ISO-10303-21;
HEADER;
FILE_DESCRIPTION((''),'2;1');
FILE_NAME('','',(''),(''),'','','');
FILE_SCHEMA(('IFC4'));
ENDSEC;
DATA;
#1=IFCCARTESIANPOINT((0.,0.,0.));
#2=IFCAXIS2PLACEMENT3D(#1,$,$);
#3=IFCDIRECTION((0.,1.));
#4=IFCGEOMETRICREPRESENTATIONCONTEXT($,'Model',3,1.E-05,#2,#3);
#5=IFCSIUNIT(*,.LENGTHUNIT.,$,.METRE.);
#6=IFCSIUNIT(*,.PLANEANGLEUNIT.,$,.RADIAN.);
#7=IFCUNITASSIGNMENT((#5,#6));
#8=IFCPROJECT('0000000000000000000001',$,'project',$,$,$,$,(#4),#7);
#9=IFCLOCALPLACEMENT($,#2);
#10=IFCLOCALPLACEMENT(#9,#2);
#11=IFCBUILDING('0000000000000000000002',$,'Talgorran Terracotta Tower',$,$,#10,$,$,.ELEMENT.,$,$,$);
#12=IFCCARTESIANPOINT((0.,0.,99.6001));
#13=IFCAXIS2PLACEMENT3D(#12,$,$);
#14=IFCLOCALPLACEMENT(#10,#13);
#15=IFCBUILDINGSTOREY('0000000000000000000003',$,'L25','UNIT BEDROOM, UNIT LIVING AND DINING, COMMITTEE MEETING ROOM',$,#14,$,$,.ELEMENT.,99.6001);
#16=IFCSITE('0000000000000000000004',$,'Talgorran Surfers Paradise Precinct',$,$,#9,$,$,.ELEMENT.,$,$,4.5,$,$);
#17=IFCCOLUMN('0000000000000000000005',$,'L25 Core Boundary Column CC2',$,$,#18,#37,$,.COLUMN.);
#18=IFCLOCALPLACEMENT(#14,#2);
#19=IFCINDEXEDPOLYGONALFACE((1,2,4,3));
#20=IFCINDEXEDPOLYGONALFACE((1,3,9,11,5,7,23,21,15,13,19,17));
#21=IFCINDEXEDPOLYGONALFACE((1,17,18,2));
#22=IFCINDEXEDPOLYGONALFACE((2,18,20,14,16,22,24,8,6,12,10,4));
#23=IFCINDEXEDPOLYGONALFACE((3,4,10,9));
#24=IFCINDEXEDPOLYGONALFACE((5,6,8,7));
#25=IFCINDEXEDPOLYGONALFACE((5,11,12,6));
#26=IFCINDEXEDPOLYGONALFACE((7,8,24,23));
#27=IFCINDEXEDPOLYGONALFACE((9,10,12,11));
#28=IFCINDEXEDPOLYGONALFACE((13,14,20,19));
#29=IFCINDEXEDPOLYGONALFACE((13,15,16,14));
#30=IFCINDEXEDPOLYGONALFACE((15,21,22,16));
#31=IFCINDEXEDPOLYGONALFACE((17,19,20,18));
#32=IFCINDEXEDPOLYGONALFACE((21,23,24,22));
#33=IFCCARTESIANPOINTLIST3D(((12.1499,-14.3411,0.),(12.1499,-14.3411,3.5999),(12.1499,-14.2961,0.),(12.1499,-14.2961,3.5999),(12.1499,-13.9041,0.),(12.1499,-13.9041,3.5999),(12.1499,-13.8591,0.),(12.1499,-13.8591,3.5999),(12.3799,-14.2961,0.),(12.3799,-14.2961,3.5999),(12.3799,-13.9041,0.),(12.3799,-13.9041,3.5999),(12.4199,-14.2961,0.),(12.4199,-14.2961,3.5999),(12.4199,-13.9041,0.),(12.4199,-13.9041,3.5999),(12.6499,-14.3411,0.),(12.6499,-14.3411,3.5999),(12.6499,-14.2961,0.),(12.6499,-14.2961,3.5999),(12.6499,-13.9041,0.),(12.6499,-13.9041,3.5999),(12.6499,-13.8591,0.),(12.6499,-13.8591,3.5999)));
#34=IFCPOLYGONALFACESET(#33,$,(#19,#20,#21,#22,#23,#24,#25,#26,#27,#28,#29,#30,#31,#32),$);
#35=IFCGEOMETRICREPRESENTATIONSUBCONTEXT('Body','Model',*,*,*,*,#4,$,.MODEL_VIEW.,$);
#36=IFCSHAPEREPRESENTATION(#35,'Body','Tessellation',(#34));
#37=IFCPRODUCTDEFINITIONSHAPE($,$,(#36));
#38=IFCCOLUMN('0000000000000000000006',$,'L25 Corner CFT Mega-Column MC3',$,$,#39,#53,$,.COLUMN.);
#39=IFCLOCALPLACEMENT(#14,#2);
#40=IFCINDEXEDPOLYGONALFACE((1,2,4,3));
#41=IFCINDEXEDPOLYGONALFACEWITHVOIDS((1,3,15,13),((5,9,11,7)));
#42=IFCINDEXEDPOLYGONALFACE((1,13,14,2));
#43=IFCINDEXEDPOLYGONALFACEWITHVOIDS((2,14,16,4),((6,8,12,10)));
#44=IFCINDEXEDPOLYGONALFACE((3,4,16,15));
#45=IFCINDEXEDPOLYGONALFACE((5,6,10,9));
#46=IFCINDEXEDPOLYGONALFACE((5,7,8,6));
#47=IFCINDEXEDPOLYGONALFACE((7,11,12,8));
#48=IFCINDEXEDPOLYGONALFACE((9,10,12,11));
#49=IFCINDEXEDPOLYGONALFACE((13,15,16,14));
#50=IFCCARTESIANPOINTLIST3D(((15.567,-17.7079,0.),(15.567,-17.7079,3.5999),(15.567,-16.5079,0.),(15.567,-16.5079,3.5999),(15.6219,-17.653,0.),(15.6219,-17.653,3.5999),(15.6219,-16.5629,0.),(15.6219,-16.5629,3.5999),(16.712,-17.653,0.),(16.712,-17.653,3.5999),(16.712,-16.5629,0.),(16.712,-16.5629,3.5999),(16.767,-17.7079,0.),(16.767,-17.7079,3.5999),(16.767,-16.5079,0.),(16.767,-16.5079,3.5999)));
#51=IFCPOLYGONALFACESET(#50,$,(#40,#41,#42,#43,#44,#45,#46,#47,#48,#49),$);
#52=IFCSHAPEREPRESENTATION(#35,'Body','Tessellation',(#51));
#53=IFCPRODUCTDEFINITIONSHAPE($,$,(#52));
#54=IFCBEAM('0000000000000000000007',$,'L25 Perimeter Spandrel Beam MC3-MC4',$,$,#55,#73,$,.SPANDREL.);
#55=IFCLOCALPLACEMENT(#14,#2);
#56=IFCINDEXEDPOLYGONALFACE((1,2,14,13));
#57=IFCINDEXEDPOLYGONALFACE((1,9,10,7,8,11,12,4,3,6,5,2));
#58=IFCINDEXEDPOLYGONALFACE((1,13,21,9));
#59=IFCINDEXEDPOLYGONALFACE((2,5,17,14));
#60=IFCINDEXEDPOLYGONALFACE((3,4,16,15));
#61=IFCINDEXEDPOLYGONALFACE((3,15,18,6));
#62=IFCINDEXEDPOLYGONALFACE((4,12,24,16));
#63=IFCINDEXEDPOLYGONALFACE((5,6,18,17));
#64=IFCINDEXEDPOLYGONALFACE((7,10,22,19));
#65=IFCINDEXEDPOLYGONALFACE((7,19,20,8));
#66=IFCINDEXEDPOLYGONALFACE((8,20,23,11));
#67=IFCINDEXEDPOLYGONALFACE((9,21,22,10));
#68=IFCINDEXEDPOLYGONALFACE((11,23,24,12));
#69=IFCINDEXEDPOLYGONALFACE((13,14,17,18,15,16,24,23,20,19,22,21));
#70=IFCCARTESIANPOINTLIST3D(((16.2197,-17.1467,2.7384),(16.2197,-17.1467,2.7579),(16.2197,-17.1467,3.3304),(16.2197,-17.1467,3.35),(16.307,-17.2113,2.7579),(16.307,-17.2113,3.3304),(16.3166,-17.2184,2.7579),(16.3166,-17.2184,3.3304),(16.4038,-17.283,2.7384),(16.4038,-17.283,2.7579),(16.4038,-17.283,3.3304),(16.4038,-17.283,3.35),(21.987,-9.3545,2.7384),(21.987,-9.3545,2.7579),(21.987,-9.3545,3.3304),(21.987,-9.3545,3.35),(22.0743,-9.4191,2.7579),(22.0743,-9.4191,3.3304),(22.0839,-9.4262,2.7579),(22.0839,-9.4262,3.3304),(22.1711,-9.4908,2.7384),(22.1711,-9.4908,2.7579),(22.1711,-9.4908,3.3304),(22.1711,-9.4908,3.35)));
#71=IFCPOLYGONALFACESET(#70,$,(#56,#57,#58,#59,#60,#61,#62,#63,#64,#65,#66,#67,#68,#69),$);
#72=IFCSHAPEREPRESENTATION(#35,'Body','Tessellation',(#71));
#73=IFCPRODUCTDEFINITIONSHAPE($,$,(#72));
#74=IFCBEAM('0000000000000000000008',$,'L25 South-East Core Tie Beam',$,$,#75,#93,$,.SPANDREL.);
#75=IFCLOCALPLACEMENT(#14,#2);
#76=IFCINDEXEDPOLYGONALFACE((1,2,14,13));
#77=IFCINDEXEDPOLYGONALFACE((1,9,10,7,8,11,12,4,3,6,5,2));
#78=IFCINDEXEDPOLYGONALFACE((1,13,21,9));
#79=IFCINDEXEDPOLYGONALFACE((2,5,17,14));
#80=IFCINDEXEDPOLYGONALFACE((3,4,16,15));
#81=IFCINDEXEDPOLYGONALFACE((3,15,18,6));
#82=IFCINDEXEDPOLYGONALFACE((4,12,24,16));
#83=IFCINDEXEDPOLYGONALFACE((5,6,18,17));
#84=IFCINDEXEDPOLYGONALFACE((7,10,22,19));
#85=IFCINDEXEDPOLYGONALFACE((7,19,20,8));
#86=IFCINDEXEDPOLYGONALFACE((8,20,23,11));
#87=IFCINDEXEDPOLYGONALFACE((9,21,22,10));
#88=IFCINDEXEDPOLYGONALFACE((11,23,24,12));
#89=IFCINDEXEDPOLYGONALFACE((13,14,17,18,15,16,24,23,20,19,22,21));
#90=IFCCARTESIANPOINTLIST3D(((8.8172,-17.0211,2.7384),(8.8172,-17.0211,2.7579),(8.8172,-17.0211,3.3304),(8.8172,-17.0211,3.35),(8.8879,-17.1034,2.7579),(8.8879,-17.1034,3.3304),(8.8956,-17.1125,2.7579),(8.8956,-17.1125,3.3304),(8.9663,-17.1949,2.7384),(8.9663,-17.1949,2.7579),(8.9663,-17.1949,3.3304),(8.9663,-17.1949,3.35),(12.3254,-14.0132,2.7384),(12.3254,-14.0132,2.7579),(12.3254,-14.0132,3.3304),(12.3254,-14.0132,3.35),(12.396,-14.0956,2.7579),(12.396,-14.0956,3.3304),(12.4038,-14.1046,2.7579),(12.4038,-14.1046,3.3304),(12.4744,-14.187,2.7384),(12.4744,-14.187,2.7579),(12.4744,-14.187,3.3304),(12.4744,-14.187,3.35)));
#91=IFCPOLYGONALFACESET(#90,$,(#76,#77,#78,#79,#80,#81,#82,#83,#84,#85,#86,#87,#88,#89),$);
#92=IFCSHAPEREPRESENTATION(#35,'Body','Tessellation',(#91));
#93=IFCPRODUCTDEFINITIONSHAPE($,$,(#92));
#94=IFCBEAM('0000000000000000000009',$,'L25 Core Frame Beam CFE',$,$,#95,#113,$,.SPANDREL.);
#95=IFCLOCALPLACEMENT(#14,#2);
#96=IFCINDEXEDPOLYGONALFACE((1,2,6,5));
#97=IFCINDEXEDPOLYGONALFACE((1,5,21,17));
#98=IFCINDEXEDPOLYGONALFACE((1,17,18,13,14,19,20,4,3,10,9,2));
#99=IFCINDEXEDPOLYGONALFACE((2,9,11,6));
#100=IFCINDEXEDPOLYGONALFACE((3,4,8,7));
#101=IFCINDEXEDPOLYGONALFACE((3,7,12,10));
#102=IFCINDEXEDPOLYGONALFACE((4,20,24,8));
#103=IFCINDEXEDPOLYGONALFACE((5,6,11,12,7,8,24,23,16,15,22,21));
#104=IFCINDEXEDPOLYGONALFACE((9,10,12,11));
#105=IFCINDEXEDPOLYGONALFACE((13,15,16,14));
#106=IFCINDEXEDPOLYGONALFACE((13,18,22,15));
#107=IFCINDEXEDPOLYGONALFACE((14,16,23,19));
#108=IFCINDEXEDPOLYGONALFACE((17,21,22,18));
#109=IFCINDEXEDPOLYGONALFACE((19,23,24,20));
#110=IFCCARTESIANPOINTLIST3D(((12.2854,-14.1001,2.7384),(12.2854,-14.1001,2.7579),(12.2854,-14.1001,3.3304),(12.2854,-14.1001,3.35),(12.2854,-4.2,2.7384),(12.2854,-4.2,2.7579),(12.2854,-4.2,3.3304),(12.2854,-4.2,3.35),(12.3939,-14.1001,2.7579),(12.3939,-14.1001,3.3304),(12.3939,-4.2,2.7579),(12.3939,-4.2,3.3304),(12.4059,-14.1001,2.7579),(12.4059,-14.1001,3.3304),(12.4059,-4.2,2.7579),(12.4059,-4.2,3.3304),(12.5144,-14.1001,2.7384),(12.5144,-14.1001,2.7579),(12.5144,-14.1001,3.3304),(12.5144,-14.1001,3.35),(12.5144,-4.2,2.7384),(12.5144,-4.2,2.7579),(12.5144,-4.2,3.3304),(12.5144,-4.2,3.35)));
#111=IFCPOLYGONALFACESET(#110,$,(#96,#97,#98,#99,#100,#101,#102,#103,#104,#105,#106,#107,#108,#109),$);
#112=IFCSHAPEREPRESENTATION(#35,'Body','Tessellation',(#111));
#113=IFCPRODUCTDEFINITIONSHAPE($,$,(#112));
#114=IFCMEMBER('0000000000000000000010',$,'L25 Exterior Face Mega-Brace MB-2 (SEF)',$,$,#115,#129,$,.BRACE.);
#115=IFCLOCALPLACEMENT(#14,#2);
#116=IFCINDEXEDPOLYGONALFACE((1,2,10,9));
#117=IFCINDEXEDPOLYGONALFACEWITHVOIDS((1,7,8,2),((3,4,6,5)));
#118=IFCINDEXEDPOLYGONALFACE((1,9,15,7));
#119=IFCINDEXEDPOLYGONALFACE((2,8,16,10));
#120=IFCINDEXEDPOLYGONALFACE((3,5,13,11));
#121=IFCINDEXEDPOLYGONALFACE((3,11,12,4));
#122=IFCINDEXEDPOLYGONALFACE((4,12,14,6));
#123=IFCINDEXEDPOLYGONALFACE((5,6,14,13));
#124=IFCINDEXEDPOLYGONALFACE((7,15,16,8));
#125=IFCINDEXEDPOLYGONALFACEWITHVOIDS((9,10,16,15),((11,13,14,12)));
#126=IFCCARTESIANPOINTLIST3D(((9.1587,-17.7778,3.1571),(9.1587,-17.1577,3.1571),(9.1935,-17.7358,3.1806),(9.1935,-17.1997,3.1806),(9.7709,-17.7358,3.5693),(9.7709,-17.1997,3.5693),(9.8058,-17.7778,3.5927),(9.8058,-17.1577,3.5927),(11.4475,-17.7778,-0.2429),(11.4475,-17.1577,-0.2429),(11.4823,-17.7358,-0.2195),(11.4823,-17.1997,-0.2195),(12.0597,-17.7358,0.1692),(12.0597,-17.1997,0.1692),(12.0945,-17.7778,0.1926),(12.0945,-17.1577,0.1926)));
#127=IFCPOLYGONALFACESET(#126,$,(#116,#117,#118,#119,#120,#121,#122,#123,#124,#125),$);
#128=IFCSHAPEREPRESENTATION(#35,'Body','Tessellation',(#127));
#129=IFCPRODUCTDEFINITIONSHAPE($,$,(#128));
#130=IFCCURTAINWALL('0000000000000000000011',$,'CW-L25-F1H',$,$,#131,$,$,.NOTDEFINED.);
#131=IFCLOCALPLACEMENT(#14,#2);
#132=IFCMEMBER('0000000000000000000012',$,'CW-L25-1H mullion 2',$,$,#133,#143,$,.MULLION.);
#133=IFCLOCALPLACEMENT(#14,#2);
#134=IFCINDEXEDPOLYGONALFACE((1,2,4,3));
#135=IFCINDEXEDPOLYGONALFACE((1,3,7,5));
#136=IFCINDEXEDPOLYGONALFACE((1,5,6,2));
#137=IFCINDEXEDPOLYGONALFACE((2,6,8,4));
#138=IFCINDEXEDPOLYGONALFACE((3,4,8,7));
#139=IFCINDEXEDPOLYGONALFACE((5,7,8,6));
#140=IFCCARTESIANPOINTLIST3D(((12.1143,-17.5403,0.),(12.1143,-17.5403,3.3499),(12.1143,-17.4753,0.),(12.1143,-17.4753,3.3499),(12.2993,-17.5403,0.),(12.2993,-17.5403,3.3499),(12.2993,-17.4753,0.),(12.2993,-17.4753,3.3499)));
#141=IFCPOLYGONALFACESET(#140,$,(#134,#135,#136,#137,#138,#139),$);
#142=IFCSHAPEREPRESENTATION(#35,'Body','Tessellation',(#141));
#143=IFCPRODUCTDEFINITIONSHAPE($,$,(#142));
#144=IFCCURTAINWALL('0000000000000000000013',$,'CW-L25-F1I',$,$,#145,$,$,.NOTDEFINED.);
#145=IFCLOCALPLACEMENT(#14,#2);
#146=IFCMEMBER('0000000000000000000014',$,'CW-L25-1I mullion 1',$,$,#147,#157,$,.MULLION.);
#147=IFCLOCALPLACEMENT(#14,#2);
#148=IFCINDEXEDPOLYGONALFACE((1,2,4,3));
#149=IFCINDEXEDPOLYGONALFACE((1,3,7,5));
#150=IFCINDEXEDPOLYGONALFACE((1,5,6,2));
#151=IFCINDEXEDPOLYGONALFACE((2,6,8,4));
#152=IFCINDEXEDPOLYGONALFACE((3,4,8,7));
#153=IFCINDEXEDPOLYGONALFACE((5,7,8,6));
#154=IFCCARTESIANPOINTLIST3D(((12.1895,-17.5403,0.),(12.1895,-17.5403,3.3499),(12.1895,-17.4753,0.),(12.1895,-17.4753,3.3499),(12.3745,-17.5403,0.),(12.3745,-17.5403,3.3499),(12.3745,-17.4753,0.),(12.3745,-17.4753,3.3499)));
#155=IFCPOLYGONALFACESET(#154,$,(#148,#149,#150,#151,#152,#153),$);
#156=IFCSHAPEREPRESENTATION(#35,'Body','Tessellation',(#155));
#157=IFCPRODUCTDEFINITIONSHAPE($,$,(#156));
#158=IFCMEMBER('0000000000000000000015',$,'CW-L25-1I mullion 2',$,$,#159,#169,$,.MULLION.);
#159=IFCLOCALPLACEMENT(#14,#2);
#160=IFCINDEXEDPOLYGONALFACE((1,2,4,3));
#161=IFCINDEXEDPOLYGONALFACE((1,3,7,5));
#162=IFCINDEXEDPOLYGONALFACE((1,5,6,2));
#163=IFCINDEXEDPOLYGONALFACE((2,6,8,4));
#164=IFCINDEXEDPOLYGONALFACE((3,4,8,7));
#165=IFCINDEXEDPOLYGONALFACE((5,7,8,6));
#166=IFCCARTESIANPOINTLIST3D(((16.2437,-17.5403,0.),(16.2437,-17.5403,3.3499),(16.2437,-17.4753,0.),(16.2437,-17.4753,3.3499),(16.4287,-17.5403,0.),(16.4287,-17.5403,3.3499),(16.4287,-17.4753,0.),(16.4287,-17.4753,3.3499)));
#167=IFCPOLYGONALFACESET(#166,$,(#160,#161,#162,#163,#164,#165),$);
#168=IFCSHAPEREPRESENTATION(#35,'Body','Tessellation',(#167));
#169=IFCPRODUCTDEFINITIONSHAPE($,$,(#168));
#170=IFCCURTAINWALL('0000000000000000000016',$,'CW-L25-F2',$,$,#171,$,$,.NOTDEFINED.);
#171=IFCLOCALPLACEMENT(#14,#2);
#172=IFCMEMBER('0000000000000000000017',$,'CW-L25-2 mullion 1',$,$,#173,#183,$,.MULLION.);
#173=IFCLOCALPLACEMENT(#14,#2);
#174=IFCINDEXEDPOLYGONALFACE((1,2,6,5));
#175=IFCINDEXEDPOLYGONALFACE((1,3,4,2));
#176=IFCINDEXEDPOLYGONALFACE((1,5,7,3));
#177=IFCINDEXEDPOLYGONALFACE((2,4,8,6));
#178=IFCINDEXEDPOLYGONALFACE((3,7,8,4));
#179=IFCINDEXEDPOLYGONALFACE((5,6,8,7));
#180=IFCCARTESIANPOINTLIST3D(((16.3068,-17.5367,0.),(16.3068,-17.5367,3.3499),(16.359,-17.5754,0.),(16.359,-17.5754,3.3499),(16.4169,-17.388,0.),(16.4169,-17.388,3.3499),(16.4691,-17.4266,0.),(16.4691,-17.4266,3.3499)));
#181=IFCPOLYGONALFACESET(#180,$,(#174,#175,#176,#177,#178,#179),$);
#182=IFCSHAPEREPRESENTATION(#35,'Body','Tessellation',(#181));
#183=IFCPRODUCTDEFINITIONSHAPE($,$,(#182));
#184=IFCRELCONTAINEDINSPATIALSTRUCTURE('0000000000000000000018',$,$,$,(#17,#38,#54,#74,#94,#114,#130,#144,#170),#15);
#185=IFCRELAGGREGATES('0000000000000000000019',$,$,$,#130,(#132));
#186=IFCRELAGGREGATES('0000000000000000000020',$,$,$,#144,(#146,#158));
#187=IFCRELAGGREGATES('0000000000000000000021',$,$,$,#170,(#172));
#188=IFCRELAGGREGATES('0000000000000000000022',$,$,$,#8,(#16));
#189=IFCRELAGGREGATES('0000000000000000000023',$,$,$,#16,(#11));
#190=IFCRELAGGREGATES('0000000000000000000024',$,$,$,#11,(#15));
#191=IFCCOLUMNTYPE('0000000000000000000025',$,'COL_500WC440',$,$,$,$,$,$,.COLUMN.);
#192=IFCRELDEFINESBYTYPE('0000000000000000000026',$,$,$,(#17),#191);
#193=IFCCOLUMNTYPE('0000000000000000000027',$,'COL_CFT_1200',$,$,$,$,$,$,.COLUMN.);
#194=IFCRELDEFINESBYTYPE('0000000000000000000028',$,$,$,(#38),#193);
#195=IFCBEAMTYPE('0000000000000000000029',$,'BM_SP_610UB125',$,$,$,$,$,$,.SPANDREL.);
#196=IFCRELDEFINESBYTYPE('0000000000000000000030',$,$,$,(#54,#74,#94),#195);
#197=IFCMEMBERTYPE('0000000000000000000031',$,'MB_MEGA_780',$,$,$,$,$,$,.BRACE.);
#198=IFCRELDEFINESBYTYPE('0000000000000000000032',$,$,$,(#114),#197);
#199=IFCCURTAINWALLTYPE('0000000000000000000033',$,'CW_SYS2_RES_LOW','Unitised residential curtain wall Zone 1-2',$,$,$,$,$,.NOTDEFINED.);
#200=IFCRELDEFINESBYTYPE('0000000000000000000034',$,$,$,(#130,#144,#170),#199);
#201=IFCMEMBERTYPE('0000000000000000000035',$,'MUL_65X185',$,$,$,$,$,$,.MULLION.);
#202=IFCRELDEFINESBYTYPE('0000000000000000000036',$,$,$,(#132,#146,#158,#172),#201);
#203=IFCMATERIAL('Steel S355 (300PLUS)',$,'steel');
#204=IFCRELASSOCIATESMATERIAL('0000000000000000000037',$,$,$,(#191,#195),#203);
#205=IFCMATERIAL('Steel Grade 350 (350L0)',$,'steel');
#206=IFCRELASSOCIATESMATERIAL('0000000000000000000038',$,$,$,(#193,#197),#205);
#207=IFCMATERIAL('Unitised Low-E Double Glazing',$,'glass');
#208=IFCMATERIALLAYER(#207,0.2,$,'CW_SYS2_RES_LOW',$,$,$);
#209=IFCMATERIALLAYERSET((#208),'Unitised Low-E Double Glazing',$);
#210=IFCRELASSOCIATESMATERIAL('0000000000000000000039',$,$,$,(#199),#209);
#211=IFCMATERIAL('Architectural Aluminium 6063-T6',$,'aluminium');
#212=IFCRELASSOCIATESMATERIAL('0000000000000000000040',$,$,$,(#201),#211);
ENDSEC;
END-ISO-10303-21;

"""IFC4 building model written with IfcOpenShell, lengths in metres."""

from ifc_helpers import new_model, si_unit, direction, frame, origin, origin_2d, place, context, subcontext, project, spatial, rectangle, hollow_rectangle, i_section, extrude, material, layer, layer_set, material_profile, profile_set, type_object, element, aggregate, save


model = new_model("IFC4")

# Units and contexts
model_context = context("Model", 3, precision=1e-05, world=origin(), true_north=direction((0.0, 1.0)))
body_context = subcontext(model_context, "Body", "Model", "MODEL_VIEW")
ifc_project = project(units=[si_unit("LENGTHUNIT", "METRE"), si_unit("PLANEANGLEUNIT", "RADIAN")], contexts=[model_context])

# Site, building, storey
site_placement = place(None, origin())
site = spatial("IfcSite", under=ifc_project, at=site_placement, Name="Talgorran Surfers Paradise Precinct", CompositionType="ELEMENT", RefElevation=4.5)
building_placement = place(site_placement, origin())
building = spatial("IfcBuilding", under=site, at=building_placement, Name="Talgorran Terracotta Tower", CompositionType="ELEMENT")
storey_placement = place(building_placement, frame((0.0, 0.0, 99.6001)))
storey = spatial("IfcBuildingStorey", under=building, at=storey_placement, Name="L25", Description="UNIT BEDROOM, UNIT LIVING AND DINING, COMMITTEE MEETING ROOM", CompositionType="ELEMENT", Elevation=99.6001)

# Columns
ifc_material_1 = material(Name="Steel S355 (300PLUS)", Category="steel")
ifc_material_profile_1 = material_profile(ifc_material_1, i_section(OverallWidth=0.5, OverallDepth=0.4819, WebThickness=0.04, FlangeThickness=0.0449, at=origin_2d()), Name="500WC440")
ifc_profile_set_1 = profile_set([ifc_material_profile_1], Name="Steel S355 (300PLUS)")
column_type_1 = type_object("IfcColumnType", Name="COL_500WC440", PredefinedType="COLUMN", material=ifc_profile_set_1)
column_1_placement = place(storey_placement, frame((12.3999, -14.1001, 0.0), z_axis=(0.0, 0.0, 1.0), x_axis=(1.0, 0.0, 0.0)))
element("IfcColumn", 1, at=column_1_placement, inside=storey, type_object=column_type_1, Name="L25 Core Boundary Column CC2", PredefinedType="COLUMN", context=body_context, shape_type="SweptSolid", body=[
    extrude(i_section(OverallWidth=0.5, OverallDepth=0.4819, WebThickness=0.04, FlangeThickness=0.0449, at=origin_2d()), origin(), (0.0, 0.0, 1.0), 3.5999),
])
ifc_material_2 = material(Name="Steel Grade 350 (350L0)", Category="steel")
ifc_material_profile_2 = material_profile(ifc_material_2, hollow_rectangle(XDim=1.2, YDim=1.2, WallThickness=0.0549, at=origin_2d()), Name="CFT1200X1200X55")
ifc_profile_set_2 = profile_set([ifc_material_profile_2], Name="Steel Grade 350 (350L0)")
column_type_2 = type_object("IfcColumnType", Name="COL_CFT_1200", PredefinedType="COLUMN", material=ifc_profile_set_2)
column_2_placement = place(storey_placement, frame((16.167, -17.1079, 0.0), z_axis=(0.0, 0.0, 1.0), x_axis=(1.0, 0.0, 0.0)))
element("IfcColumn", 2, at=column_2_placement, inside=storey, type_object=column_type_2, Name="L25 Corner CFT Mega-Column MC3", PredefinedType="COLUMN", context=body_context, shape_type="SweptSolid", body=[
    extrude(hollow_rectangle(XDim=1.2, YDim=1.2, WallThickness=0.0549, at=origin_2d()), origin(), (0.0, 0.0, 1.0), 3.5999),
])

# Beams
ifc_material_profile_3 = material_profile(ifc_material_1, i_section(OverallWidth=0.229, OverallDepth=0.6116, WebThickness=0.012, FlangeThickness=0.0195, at=origin_2d()), Name="610UB125")
ifc_profile_set_3 = profile_set([ifc_material_profile_3], Name="Steel S355 (300PLUS)")
beam_type = type_object("IfcBeamType", Name="BM_SP_610UB125", PredefinedType="SPANDREL", material=ifc_profile_set_3)
beam_1_placement = place(storey_placement, frame((16.3118, -17.2148, 3.0442), z_axis=(0.594915, 0.803789, 0.0), x_axis=(-0.803789, 0.594915, 0.0)))
element("IfcBeam", 3, at=beam_1_placement, inside=storey, type_object=beam_type, Name="L25 Perimeter Spandrel Beam MC3-MC4", PredefinedType="SPANDREL", context=body_context, shape_type="SweptSolid", body=[
    extrude(i_section(OverallWidth=0.229, OverallDepth=0.6116, WebThickness=0.012, FlangeThickness=0.0195, at=origin_2d()), origin(), (0.0, 0.0, 1.0), 9.6943),
])
beam_2_placement = place(storey_placement, frame((12.3999, -14.1001, 3.0442), z_axis=(-0.75916, -0.650904, 0.0), x_axis=(0.650904, -0.75916, 0.0)))
element("IfcBeam", 4, at=beam_2_placement, inside=storey, type_object=beam_type, Name="L25 South-East Core Tie Beam", PredefinedType="SPANDREL", context=body_context, shape_type="SweptSolid", body=[
    extrude(i_section(OverallWidth=0.229, OverallDepth=0.6116, WebThickness=0.012, FlangeThickness=0.0195, at=origin_2d()), origin(), (0.0, 0.0, 1.0), 4.6211),
])
beam_3_placement = place(storey_placement, frame((12.3999, -14.1001, 3.0442), z_axis=(0.0, 1.0, 0.0), x_axis=(-1.0, 0.0, 0.0)))
element("IfcBeam", 5, at=beam_3_placement, inside=storey, type_object=beam_type, Name="L25 Core Frame Beam CFE", PredefinedType="SPANDREL", context=body_context, shape_type="SweptSolid", body=[
    extrude(i_section(OverallWidth=0.229, OverallDepth=0.6116, WebThickness=0.012, FlangeThickness=0.0195, at=origin_2d()), origin(), (0.0, 0.0, 1.0), 9.9001),
])

# Member
ifc_material_profile_4 = material_profile(ifc_material_2, hollow_rectangle(XDim=0.6201, YDim=0.78, WallThickness=0.042, at=origin_2d()), Name="WBOX780X620X42")
ifc_profile_set_4 = profile_set([ifc_material_profile_4], Name="Steel Grade 350 (350L0)")
member_type_1 = type_object("IfcMemberType", Name="MB_MEGA_780", PredefinedType="BRACE", material=ifc_profile_set_4)
member_1_placement = place(storey_placement, frame((11.771, -17.4678, -0.0251), z_axis=(-0.55842, 0.0, 0.829559), x_axis=(0.0, -1.0, 0.0)))
element("IfcMember", 6, at=member_1_placement, inside=storey, type_object=member_type_1, Name="L25 Exterior Face Mega-Brace MB-2 (SEF)", PredefinedType="BRACE", context=body_context, shape_type="SweptSolid", body=[
    extrude(hollow_rectangle(XDim=0.6201, YDim=0.78, WallThickness=0.042, at=origin_2d()), origin(), (0.0, 0.0, 1.0), 4.0986),
])

# Curtain wall, member
ifc_material_3 = material(Name="Unitised Low-E Double Glazing", Category="glass")
ifc_layer_1 = layer(ifc_material_3, 0.2, Name="CW_SYS2_RES_LOW")
ifc_layer_set_1 = layer_set([ifc_layer_1], Name="Unitised Low-E Double Glazing")
curtain_wall_type = type_object("IfcCurtainWallType", Name="CW_SYS2_RES_LOW", Description="Unitised residential curtain wall Zone 1-2", PredefinedType="NOTDEFINED", material=ifc_layer_set_1)
curtain_wall_1_placement = place(storey_placement, origin())
curtain_wall_1 = element("IfcCurtainWall", 7, at=curtain_wall_1_placement, inside=storey, type_object=curtain_wall_type, Name="CW-L25-F1H", PredefinedType="NOTDEFINED")
ifc_material_4 = material(Name="Architectural Aluminium 6063-T6", Category="aluminium")
ifc_material_profile_5 = material_profile(ifc_material_4, rectangle(XDim=0.0649, YDim=0.1851, at=origin_2d()), Name="CWM65X185")
ifc_profile_set_5 = profile_set([ifc_material_profile_5], Name="Architectural Aluminium 6063-T6")
member_type_2 = type_object("IfcMemberType", Name="MUL_65X185", PredefinedType="MULLION", material=ifc_profile_set_5)
member_2_placement = place(storey_placement, frame((12.2068, -17.5078, 0.0), z_axis=(0.0, 0.0, 1.0), x_axis=(0.0, 1.0, 0.0)))
member_2 = element("IfcMember", 8, at=member_2_placement, type_object=member_type_2, Name="CW-L25-1H mullion 2", PredefinedType="MULLION", context=body_context, shape_type="SweptSolid", body=[
    extrude(rectangle(XDim=0.0649, YDim=0.1851, at=origin_2d()), origin(), (0.0, 0.0, 1.0), 3.3499),
])
aggregate(curtain_wall_1, [member_2])

# Curtain wall, members
curtain_wall_2_placement = place(storey_placement, origin())
curtain_wall_2 = element("IfcCurtainWall", 9, at=curtain_wall_2_placement, inside=storey, type_object=curtain_wall_type, Name="CW-L25-F1I", PredefinedType="NOTDEFINED")
member_3_placement = place(storey_placement, frame((12.282, -17.5078, 0.0), z_axis=(0.0, 0.0, 1.0), x_axis=(0.0, 1.0, 0.0)))
member_3 = element("IfcMember", 10, at=member_3_placement, type_object=member_type_2, Name="CW-L25-1I mullion 1", PredefinedType="MULLION", context=body_context, shape_type="SweptSolid", body=[
    extrude(rectangle(XDim=0.0649, YDim=0.1851, at=origin_2d()), origin(), (0.0, 0.0, 1.0), 3.3499),
])
member_4_placement = place(storey_placement, frame((16.3362, -17.5078, 0.0), z_axis=(0.0, 0.0, 1.0), x_axis=(0.0, 1.0, 0.0)))
member_4 = element("IfcMember", 11, at=member_4_placement, type_object=member_type_2, Name="CW-L25-1I mullion 2", PredefinedType="MULLION", context=body_context, shape_type="SweptSolid", body=[
    extrude(rectangle(XDim=0.0649, YDim=0.1851, at=origin_2d()), origin(), (0.0, 0.0, 1.0), 3.3499),
])

# Curtain wall, member
curtain_wall_3_placement = place(storey_placement, origin())
curtain_wall_3 = element("IfcCurtainWall", 12, at=curtain_wall_3_placement, inside=storey, type_object=curtain_wall_type, Name="CW-L25-F2", PredefinedType="NOTDEFINED")
member_5_placement = place(storey_placement, frame((16.3879, -17.4817, 0.0), z_axis=(0.0, 0.0, 1.0), x_axis=(-0.803792, 0.594911, 0.0)))
member_5 = element("IfcMember", 13, at=member_5_placement, type_object=member_type_2, Name="CW-L25-2 mullion 1", PredefinedType="MULLION", context=body_context, shape_type="SweptSolid", body=[
    extrude(rectangle(XDim=0.0649, YDim=0.1851, at=origin_2d()), origin(), (0.0, 0.0, 1.0), 3.3499),
])

aggregate(curtain_wall_2, [member_3, member_4])
aggregate(curtain_wall_3, [member_5])

save(model, "model.ifc")
